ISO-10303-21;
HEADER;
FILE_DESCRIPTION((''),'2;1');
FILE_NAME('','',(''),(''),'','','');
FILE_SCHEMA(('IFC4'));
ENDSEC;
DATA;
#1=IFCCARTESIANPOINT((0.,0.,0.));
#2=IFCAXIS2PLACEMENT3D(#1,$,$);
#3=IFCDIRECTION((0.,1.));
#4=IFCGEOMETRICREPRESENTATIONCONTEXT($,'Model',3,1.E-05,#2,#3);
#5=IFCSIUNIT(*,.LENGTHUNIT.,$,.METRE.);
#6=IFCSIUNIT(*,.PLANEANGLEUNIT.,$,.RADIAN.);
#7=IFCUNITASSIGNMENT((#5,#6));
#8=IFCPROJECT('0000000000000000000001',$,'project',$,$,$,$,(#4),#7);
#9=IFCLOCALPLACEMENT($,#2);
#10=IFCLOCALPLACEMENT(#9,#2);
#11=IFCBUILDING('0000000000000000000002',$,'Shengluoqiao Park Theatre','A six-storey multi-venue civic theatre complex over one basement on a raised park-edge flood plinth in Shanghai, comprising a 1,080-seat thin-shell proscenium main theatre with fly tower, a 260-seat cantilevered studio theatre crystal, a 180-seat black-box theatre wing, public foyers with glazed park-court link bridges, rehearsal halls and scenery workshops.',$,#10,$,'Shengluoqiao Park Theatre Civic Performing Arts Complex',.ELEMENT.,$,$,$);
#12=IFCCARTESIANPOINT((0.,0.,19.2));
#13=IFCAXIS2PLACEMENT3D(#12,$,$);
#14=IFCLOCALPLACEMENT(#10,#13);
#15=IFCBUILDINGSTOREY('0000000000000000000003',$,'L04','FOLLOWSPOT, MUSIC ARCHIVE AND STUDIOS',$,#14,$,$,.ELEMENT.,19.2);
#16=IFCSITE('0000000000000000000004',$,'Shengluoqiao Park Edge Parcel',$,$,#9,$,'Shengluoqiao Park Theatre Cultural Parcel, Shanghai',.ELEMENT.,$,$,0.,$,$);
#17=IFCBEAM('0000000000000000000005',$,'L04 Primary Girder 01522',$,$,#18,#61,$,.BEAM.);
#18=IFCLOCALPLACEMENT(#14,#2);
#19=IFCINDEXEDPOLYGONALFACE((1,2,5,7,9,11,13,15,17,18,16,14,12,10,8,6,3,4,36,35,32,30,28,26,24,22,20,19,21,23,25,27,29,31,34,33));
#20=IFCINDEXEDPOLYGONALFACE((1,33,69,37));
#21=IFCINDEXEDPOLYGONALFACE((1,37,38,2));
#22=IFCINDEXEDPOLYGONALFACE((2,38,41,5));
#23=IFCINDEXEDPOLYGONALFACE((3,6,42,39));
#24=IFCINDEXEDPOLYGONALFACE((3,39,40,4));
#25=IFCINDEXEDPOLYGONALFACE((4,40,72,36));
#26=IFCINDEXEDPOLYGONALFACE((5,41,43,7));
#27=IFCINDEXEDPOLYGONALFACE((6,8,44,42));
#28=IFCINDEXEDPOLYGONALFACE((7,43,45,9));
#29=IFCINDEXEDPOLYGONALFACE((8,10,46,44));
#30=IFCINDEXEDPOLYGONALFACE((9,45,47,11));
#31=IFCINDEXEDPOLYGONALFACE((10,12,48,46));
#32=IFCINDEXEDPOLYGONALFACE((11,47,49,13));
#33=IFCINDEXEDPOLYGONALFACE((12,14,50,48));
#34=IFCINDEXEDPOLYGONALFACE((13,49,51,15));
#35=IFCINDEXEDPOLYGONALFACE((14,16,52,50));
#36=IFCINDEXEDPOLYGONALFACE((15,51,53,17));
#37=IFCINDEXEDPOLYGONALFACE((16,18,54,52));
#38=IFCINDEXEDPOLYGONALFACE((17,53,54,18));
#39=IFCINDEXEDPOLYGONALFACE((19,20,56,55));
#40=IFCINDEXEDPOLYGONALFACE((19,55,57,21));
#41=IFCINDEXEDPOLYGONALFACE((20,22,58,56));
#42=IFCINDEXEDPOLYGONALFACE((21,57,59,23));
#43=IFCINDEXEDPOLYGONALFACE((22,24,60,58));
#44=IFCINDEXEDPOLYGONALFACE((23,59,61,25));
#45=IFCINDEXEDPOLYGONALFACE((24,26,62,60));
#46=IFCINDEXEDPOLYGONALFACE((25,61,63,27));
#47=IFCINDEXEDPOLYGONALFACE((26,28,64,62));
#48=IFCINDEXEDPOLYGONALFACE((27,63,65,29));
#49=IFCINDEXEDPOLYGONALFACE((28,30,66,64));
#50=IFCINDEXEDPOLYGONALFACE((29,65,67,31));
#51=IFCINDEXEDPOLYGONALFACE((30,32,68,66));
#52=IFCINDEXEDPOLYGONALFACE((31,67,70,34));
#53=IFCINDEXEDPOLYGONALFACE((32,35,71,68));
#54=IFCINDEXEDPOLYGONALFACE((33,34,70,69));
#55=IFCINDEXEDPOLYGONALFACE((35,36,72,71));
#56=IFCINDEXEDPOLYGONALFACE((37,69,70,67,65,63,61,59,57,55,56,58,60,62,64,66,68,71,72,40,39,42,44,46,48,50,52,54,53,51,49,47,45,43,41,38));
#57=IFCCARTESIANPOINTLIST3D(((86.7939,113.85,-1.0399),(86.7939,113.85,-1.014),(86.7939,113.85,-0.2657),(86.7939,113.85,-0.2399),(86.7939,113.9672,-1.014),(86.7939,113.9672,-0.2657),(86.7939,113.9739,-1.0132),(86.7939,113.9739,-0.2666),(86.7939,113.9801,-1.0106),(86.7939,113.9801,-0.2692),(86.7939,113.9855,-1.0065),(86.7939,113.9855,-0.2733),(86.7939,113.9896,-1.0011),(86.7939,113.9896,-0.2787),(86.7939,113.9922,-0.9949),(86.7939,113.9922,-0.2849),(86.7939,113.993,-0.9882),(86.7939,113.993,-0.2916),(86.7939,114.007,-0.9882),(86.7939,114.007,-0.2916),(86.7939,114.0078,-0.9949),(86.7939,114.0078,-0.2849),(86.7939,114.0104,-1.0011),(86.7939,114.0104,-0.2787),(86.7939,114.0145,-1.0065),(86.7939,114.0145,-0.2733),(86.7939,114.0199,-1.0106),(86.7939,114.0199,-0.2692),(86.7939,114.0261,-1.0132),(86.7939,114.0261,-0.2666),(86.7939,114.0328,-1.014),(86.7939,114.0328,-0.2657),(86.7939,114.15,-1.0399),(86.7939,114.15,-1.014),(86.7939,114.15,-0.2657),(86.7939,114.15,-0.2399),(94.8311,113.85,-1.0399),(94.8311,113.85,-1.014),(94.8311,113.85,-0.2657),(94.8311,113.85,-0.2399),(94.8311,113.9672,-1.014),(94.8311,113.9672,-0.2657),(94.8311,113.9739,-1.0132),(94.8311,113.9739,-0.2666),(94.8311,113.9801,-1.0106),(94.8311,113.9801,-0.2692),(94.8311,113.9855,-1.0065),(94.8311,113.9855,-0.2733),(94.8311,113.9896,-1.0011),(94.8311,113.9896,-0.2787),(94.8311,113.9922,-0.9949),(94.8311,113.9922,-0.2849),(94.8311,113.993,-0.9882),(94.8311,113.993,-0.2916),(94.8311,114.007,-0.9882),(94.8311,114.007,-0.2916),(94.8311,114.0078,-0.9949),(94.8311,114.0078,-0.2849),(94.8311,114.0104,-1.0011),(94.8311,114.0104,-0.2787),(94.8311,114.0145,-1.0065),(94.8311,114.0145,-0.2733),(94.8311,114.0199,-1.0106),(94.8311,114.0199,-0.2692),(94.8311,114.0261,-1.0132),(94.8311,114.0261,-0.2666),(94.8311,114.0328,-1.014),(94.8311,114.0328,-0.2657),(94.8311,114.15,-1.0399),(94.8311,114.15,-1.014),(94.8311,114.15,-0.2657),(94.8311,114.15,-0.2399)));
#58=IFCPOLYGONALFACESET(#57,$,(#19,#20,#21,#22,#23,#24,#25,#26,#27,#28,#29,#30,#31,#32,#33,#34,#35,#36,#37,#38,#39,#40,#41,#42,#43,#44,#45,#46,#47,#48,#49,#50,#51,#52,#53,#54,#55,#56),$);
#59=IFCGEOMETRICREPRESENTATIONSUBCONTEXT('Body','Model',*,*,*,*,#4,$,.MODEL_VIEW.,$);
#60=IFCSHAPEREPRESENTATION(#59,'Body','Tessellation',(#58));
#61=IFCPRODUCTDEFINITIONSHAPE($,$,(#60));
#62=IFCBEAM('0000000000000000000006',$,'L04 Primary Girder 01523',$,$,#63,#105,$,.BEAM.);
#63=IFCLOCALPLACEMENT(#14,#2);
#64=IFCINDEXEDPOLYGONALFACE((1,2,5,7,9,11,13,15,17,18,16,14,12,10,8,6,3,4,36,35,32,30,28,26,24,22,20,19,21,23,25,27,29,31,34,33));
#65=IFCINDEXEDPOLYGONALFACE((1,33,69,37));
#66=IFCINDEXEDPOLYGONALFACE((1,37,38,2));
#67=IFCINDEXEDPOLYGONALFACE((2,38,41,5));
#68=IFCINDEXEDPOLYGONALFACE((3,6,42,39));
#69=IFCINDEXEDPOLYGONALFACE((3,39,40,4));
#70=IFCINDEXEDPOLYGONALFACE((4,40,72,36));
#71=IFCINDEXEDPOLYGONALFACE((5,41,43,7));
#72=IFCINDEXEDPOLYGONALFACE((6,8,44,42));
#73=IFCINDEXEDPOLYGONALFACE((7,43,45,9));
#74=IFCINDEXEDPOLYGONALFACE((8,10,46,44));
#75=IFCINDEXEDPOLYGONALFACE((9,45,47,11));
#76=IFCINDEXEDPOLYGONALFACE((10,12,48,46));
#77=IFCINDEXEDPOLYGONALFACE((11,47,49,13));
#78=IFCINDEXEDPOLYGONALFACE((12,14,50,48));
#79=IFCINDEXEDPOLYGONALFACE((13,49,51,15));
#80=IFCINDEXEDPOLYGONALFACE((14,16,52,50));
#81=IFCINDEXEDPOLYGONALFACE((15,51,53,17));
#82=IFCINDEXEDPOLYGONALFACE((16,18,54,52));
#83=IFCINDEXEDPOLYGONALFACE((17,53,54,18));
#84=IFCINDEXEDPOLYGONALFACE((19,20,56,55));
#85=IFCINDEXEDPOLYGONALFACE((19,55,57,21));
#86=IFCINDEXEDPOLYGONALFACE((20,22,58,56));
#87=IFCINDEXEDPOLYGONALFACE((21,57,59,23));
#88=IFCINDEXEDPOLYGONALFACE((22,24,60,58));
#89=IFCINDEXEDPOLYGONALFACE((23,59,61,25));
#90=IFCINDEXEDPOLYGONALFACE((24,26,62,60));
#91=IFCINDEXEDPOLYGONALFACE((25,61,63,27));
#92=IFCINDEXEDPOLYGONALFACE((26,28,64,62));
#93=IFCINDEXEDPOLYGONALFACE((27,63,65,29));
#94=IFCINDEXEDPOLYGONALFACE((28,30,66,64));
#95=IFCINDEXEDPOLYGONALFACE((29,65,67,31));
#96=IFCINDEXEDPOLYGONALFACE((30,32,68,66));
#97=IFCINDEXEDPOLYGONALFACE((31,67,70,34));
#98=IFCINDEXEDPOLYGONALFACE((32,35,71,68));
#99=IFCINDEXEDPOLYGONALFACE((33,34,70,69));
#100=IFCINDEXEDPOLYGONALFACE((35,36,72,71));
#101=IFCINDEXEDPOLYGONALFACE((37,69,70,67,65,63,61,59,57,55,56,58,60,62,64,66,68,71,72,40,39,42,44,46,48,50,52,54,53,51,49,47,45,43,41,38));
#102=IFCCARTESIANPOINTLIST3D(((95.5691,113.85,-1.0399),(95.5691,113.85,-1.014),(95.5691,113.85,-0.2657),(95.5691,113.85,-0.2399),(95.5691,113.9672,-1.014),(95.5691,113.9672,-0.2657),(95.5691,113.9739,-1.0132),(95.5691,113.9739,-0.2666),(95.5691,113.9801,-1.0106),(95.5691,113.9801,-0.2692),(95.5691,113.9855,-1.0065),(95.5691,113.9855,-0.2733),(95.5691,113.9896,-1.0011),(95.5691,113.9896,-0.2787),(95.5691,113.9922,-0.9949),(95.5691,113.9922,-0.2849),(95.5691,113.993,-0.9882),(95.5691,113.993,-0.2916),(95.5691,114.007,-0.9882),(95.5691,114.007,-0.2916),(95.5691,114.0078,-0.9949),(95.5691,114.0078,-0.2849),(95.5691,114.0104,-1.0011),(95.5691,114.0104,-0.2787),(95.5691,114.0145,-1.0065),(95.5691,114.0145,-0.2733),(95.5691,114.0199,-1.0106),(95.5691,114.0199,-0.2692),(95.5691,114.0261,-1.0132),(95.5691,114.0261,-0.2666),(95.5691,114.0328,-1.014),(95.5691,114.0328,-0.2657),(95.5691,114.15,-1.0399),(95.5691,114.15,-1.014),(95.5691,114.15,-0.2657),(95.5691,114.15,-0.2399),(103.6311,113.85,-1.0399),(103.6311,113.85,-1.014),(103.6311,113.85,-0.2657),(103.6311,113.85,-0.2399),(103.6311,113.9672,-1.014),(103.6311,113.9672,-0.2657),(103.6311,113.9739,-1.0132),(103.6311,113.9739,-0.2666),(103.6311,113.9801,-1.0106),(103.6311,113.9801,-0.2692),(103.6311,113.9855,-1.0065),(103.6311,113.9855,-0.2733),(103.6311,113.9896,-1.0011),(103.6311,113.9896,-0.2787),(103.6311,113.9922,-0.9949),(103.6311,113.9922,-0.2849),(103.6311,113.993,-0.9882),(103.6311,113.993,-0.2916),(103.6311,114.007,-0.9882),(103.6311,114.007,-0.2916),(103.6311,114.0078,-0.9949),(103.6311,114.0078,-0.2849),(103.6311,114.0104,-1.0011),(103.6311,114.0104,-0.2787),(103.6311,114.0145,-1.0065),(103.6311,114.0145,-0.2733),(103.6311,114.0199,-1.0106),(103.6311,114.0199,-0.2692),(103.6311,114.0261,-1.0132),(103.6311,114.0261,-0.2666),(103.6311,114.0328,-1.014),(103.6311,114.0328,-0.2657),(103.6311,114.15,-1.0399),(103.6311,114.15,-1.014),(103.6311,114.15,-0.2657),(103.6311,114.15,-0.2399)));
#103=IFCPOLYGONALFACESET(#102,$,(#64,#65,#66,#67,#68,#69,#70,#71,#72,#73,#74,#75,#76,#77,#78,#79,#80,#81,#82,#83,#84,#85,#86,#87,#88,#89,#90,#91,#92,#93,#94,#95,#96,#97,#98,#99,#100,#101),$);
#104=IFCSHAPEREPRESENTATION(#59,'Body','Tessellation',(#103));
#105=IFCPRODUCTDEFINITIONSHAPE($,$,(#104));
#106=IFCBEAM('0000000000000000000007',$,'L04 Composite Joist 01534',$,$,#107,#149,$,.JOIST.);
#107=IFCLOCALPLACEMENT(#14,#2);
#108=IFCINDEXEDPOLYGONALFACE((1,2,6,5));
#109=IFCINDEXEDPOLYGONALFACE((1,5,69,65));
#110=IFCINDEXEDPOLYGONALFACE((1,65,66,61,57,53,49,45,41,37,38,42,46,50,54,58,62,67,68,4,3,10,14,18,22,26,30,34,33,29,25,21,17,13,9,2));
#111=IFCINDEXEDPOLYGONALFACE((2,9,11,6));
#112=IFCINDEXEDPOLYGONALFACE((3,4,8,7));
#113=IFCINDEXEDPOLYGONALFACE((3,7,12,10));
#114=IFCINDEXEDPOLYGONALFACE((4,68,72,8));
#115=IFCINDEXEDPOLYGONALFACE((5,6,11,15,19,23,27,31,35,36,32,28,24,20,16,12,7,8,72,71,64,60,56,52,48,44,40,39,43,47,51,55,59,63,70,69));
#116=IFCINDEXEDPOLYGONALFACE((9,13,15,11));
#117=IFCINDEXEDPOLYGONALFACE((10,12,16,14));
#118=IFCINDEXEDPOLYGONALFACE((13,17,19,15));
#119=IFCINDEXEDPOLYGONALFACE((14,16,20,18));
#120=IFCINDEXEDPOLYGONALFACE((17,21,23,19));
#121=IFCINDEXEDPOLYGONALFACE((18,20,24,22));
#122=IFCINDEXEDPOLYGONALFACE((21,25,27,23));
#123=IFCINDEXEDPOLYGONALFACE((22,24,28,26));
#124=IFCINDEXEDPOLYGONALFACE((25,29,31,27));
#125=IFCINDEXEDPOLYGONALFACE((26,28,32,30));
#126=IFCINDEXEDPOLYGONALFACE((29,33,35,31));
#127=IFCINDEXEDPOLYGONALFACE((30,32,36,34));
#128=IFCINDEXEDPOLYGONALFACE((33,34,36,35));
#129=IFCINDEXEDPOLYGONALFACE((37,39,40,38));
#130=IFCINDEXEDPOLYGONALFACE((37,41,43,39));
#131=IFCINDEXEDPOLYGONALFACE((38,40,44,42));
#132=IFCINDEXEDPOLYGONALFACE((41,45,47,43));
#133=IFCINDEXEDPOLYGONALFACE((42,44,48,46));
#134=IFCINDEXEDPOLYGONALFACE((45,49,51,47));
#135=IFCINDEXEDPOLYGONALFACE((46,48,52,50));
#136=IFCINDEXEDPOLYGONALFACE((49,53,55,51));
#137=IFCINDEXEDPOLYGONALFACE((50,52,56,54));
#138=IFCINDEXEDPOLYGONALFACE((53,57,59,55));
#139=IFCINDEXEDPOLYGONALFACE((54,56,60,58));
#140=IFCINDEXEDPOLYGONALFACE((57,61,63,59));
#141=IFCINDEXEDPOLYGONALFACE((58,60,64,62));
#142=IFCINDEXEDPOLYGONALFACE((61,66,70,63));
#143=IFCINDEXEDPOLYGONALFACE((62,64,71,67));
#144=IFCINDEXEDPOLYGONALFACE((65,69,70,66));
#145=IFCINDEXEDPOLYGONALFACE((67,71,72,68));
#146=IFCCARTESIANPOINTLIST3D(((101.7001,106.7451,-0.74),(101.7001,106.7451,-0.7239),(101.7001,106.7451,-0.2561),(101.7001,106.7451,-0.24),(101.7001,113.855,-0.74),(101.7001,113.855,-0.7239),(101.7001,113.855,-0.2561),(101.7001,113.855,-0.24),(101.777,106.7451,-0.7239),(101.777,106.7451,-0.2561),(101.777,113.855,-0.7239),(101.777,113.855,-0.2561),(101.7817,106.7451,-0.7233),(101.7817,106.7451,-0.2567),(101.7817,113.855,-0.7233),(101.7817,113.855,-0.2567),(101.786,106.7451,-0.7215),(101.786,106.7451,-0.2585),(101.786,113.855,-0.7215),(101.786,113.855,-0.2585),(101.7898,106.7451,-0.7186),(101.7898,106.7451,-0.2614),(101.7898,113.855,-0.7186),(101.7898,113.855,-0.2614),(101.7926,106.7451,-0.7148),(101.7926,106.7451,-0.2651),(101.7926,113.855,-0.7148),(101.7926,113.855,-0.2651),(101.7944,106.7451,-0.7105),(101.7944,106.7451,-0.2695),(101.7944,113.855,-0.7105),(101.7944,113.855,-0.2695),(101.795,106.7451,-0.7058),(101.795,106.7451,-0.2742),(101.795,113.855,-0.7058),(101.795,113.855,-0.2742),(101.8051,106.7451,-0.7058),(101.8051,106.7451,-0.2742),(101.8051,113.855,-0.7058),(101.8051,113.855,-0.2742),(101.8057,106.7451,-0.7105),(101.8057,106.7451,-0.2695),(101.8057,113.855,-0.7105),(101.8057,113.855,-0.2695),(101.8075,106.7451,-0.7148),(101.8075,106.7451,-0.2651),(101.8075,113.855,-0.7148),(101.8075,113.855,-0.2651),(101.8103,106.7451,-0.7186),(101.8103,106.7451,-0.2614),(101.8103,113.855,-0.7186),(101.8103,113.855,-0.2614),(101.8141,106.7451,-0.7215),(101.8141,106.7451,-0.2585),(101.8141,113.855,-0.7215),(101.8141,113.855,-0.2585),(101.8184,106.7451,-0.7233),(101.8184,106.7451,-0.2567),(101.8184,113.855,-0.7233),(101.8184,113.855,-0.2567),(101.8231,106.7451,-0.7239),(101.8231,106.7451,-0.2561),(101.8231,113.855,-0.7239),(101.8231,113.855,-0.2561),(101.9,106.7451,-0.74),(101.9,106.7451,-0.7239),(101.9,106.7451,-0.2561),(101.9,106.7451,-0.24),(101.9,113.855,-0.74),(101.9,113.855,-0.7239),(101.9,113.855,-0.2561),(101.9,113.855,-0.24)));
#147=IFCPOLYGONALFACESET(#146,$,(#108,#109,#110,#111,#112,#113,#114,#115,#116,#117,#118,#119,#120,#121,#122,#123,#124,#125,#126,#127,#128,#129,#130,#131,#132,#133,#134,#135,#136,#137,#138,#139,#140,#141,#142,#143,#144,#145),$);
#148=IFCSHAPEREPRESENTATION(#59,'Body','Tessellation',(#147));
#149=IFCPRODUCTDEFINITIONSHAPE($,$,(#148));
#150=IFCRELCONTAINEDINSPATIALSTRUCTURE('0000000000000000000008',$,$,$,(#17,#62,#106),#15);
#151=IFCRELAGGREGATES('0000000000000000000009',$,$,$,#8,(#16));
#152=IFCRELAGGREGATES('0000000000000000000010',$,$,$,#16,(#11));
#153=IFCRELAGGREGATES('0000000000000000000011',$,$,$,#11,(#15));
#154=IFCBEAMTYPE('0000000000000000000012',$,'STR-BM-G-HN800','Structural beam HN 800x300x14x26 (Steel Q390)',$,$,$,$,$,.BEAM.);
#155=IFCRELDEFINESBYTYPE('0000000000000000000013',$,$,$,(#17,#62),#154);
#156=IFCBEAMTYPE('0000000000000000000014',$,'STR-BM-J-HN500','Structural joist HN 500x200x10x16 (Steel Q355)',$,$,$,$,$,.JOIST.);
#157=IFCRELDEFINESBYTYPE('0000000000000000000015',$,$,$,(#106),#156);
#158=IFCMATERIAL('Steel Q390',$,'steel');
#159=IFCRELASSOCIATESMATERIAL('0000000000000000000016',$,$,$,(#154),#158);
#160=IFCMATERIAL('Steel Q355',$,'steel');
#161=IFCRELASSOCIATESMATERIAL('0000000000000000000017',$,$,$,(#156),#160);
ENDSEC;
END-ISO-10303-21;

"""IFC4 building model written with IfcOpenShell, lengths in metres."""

from ifc_helpers import new_model, si_unit, direction, frame, origin, origin_2d, place, context, subcontext, project, spatial, i_section, extrude, material, material_profile, profile_set, type_object, element, save


model = new_model("IFC4")

# Units and contexts
model_context = context("Model", 3, precision=1e-05, world=origin(), true_north=direction((0.0, 1.0)))
body_context = subcontext(model_context, "Body", "Model", "MODEL_VIEW")
ifc_project = project(units=[si_unit("LENGTHUNIT", "METRE"), si_unit("PLANEANGLEUNIT", "RADIAN")], contexts=[model_context])

# Site, building, storey
site_placement = place(None, origin())
site = spatial("IfcSite", under=ifc_project, at=site_placement, Name="Shengluoqiao Park Edge Parcel", LongName="Shengluoqiao Park Theatre Cultural Parcel, Shanghai", CompositionType="ELEMENT", RefElevation=0.0)
building_placement = place(site_placement, origin())
building = spatial("IfcBuilding", under=site, at=building_placement, Name="Shengluoqiao Park Theatre", Description="A six-storey multi-venue civic theatre complex over one basement on a raised park-edge flood plinth in Shanghai, comprising a 1,080-seat thin-shell proscenium main theatre with fly tower, a 260-seat cantilevered studio theatre crystal, a 180-seat black-box theatre wing, public foyers with glazed park-court link bridges, rehearsal halls and scenery workshops.", LongName="Shengluoqiao Park Theatre Civic Performing Arts Complex", CompositionType="ELEMENT")
storey_placement = place(building_placement, frame((0.0, 0.0, 19.2)))
storey = spatial("IfcBuildingStorey", under=building, at=storey_placement, Name="L04", Description="FOLLOWSPOT, MUSIC ARCHIVE AND STUDIOS", CompositionType="ELEMENT", Elevation=19.2)

# Beams
ifc_material_1 = material(Name="Steel Q355", Category="steel")
ifc_material_2 = material(Name="Steel Q390", Category="steel")
ifc_material_profile_1 = material_profile(ifc_material_2, i_section(OverallWidth=0.3, OverallDepth=0.8, WebThickness=0.0139, FlangeThickness=0.0259, FilletRadius=0.0259, at=origin_2d()), Name="HN 800x300x14x26")
ifc_profile_set_1 = profile_set([ifc_material_profile_1], Name="Steel Q390")
beam_type_1 = type_object("IfcBeamType", Name="STR-BM-G-HN800", Description="Structural beam HN 800x300x14x26 (Steel Q390)", PredefinedType="BEAM", material=ifc_profile_set_1)
beam_1_placement = place(storey_placement, frame((86.7939, 114.0, -0.6399), z_axis=(1.0, 0.0, 0.0), x_axis=(0.0, 1.0, 0.0)))
element("IfcBeam", 1, at=beam_1_placement, inside=storey, type_object=beam_type_1, Name="L04 Primary Girder 01522", PredefinedType="BEAM", context=body_context, shape_type="SweptSolid", body=[
    extrude(i_section(OverallWidth=0.3, OverallDepth=0.8, WebThickness=0.0139, FlangeThickness=0.0259, FilletRadius=0.0259, at=origin_2d()), origin(), (0.0, 0.0, 1.0), 8.0371),
])
beam_2_placement = place(storey_placement, frame((95.5691, 114.0, -0.6399), z_axis=(1.0, 0.0, 0.0), x_axis=(0.0, 1.0, 0.0)))
element("IfcBeam", 2, at=beam_2_placement, inside=storey, type_object=beam_type_1, Name="L04 Primary Girder 01523", PredefinedType="BEAM", context=body_context, shape_type="SweptSolid", body=[
    extrude(i_section(OverallWidth=0.3, OverallDepth=0.8, WebThickness=0.0139, FlangeThickness=0.0259, FilletRadius=0.0259, at=origin_2d()), origin(), (0.0, 0.0, 1.0), 8.062),
])
ifc_material_profile_2 = material_profile(ifc_material_1, i_section(OverallWidth=0.2, OverallDepth=0.5, WebThickness=0.01, FlangeThickness=0.0161, FilletRadius=0.0181, at=origin_2d()), Name="HN 500x200x10x16")
ifc_profile_set_2 = profile_set([ifc_material_profile_2], Name="Steel Q355")
beam_type_2 = type_object("IfcBeamType", Name="STR-BM-J-HN500", Description="Structural joist HN 500x200x10x16 (Steel Q355)", PredefinedType="JOIST", material=ifc_profile_set_2)
beam_3_placement = place(storey_placement, frame((101.8, 106.7451, -0.49), z_axis=(0.0, 1.0, 0.0), x_axis=(-1.0, 0.0, 0.0)))
element("IfcBeam", 3, at=beam_3_placement, inside=storey, type_object=beam_type_2, Name="L04 Composite Joist 01534", PredefinedType="JOIST", context=body_context, shape_type="SweptSolid", body=[
    extrude(i_section(OverallWidth=0.2, OverallDepth=0.5, WebThickness=0.01, FlangeThickness=0.0161, FilletRadius=0.0181, at=origin_2d()), origin(), (0.0, 0.0, 1.0), 7.1099),
])

save(model, "model.ifc")
